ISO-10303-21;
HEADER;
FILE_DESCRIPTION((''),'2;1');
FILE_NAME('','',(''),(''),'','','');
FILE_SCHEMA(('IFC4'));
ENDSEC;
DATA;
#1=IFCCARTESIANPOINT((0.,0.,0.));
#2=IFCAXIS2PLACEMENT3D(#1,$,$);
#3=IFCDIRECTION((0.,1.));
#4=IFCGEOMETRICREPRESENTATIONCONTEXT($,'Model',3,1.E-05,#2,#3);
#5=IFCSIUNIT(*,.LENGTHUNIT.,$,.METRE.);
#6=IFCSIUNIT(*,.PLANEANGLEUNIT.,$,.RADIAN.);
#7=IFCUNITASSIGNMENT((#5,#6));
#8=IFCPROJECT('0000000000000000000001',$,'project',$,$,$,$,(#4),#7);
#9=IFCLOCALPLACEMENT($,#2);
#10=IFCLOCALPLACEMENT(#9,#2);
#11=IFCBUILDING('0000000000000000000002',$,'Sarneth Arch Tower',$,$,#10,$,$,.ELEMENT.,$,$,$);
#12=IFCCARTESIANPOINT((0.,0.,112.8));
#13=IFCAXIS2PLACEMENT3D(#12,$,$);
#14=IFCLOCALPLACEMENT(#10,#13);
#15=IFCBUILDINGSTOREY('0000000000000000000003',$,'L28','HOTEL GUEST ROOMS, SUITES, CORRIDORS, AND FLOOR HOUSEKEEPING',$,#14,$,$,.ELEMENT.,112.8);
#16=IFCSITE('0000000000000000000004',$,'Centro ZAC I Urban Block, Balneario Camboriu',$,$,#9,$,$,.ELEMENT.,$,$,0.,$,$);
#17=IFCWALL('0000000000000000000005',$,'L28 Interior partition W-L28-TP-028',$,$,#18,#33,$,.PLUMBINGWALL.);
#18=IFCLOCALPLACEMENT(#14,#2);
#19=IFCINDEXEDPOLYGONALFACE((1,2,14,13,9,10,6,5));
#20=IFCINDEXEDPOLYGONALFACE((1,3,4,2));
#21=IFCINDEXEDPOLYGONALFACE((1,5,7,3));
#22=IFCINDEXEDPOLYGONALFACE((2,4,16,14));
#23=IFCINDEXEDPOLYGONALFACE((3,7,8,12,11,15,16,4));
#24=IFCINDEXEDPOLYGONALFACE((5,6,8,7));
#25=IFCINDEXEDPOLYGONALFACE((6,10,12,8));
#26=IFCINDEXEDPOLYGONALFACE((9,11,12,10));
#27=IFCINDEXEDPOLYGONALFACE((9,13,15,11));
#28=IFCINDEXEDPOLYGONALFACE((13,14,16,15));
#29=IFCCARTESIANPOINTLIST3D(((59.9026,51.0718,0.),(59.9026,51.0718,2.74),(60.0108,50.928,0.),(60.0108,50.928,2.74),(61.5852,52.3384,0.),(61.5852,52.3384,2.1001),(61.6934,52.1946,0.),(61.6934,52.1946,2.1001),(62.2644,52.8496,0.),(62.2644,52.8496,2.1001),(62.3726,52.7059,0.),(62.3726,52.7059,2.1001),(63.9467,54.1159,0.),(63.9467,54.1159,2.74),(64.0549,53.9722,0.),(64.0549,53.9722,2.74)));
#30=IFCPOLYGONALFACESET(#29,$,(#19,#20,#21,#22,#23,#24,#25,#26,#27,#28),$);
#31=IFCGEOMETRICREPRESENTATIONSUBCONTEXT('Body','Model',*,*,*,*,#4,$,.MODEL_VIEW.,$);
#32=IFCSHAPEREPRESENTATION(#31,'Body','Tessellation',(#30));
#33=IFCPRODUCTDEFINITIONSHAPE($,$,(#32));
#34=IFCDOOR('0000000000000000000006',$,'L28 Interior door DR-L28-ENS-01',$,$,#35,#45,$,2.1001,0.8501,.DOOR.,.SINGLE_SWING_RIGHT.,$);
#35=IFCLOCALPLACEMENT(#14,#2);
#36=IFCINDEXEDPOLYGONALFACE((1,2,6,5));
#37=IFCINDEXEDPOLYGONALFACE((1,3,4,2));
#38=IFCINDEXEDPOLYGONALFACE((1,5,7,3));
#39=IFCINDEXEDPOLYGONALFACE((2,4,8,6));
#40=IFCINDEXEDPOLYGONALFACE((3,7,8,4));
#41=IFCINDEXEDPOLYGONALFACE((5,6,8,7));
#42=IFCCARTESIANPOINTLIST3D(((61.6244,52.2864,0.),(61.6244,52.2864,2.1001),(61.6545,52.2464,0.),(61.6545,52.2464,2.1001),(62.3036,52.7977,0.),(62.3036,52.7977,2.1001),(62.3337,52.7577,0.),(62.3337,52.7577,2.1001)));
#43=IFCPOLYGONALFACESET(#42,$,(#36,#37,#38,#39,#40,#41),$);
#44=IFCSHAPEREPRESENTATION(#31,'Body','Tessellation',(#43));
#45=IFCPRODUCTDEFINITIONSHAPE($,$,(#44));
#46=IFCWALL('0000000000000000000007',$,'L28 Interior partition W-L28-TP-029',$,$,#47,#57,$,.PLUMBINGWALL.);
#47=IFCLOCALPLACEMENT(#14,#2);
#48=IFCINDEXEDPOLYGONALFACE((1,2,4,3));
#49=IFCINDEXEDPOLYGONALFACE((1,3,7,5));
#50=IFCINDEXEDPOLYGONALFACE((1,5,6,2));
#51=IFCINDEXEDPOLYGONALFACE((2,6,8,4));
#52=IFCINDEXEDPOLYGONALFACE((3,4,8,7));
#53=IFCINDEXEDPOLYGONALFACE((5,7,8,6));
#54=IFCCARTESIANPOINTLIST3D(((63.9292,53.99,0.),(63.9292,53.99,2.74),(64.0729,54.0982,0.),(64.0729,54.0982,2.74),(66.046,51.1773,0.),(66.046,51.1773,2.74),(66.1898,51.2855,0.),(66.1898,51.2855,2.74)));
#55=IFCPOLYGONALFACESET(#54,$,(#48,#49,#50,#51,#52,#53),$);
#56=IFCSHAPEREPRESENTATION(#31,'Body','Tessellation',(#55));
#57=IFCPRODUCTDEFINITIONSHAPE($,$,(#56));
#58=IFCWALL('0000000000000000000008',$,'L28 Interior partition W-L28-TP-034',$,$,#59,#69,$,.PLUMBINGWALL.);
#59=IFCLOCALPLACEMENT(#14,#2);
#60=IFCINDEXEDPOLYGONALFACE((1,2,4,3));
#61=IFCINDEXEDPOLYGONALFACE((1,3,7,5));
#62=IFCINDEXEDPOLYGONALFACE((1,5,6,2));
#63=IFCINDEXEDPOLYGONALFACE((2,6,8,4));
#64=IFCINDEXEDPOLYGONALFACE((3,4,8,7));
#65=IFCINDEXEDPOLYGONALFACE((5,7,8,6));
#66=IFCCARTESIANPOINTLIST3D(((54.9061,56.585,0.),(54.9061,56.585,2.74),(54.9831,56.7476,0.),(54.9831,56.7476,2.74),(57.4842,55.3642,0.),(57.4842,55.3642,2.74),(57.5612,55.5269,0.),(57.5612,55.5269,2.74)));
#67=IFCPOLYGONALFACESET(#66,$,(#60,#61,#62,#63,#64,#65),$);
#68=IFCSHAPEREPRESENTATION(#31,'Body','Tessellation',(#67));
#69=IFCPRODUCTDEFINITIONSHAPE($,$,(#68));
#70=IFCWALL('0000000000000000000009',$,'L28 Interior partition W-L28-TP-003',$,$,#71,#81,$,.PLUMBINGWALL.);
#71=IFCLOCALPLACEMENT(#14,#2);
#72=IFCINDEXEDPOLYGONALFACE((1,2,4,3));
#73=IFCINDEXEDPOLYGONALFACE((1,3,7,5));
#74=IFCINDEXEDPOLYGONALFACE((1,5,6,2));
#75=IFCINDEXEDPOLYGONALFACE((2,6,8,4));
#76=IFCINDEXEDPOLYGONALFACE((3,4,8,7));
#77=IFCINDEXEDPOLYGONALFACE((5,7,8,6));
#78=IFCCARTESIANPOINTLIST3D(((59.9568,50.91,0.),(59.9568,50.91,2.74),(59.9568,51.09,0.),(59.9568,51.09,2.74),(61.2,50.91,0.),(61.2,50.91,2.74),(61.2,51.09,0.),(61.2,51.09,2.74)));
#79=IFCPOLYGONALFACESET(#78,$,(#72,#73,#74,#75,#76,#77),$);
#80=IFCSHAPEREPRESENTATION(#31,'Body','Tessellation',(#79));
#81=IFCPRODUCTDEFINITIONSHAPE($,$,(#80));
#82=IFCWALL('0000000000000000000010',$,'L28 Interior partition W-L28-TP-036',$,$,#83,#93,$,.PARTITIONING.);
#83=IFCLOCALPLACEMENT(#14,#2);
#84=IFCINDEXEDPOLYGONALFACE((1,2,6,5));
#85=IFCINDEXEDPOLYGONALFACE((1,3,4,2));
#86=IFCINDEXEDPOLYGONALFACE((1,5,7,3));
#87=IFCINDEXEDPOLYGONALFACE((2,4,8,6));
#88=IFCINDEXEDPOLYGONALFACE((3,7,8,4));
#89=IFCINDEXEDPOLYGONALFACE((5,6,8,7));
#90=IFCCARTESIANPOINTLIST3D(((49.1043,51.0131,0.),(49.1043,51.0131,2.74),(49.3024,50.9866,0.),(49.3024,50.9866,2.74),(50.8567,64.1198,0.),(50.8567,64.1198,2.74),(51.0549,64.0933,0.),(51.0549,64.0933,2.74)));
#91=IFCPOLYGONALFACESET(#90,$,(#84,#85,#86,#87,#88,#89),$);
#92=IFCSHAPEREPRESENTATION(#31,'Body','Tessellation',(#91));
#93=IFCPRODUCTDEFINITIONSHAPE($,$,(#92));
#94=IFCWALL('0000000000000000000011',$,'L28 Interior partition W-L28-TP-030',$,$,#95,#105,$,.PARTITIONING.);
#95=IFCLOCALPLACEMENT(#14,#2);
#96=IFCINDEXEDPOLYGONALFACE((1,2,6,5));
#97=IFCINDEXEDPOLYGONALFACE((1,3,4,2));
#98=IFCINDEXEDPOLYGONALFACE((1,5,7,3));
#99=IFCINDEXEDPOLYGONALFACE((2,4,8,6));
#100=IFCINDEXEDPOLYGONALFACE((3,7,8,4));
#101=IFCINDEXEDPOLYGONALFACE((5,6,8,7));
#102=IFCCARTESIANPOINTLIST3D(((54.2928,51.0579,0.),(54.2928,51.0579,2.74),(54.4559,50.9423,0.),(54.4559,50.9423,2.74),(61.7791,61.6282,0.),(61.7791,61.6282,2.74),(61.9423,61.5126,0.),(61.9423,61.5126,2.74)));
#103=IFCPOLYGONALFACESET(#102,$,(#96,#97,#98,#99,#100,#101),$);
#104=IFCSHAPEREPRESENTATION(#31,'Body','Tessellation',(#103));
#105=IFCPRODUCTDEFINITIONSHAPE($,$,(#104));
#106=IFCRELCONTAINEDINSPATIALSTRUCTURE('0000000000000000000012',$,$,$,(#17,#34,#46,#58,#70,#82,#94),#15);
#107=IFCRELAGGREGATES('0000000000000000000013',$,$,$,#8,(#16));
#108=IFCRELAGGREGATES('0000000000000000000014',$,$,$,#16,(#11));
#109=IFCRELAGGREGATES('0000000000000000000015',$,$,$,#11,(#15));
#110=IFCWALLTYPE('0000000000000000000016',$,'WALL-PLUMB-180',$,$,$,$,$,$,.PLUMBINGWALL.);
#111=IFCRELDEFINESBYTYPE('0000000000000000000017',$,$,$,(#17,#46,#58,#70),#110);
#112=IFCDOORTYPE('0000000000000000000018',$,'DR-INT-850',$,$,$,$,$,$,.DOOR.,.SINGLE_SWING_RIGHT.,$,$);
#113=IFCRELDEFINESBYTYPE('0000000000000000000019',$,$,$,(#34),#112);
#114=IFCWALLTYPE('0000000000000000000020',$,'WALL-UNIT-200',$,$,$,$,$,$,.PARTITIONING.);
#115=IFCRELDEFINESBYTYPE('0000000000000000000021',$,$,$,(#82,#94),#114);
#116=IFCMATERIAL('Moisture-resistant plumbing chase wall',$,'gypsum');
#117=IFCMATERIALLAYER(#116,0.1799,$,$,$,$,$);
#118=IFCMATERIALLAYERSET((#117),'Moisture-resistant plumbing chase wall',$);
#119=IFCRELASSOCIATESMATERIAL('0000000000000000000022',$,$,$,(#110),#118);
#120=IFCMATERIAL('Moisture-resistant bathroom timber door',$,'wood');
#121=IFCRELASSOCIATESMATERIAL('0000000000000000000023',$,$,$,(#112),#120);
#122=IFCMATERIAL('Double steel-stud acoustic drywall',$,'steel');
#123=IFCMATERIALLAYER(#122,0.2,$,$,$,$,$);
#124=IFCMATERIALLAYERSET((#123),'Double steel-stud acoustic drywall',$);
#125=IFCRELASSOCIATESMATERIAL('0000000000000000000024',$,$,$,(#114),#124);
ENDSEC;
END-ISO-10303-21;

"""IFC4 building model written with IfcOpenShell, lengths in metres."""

from ifc_helpers import new_model, si_unit, direction, frame, frame_2d, origin, place, context, subcontext, project, spatial, rectangle, extrude, material, layer, layer_set, type_object, element, fill, save


model = new_model("IFC4")

# Units and contexts
model_context = context("Model", 3, precision=1e-05, world=origin(), true_north=direction((0.0, 1.0)))
body_context = subcontext(model_context, "Body", "Model", "MODEL_VIEW")
ifc_project = project(units=[si_unit("LENGTHUNIT", "METRE"), si_unit("PLANEANGLEUNIT", "RADIAN")], contexts=[model_context])

# Site, building, storey
site_placement = place(None, origin())
site = spatial("IfcSite", under=ifc_project, at=site_placement, Name="Centro ZAC I Urban Block, Balneario Camboriu", CompositionType="ELEMENT", RefElevation=0.0)
building_placement = place(site_placement, origin())
building = spatial("IfcBuilding", under=site, at=building_placement, Name="Sarneth Arch Tower", CompositionType="ELEMENT")
storey_placement = place(building_placement, frame((0.0, 0.0, 112.8)))
storey = spatial("IfcBuildingStorey", under=building, at=storey_placement, Name="L28", Description="HOTEL GUEST ROOMS, SUITES, CORRIDORS, AND FLOOR HOUSEKEEPING", CompositionType="ELEMENT", Elevation=112.8)

# Shared definitions
ifc_material_1 = material(Name="Moisture-resistant plumbing chase wall", Category="gypsum")
ifc_layer_1 = layer(ifc_material_1, 0.1799)
ifc_layer_set_1 = layer_set([ifc_layer_1], Name="Moisture-resistant plumbing chase wall")
wall_type_1 = type_object("IfcWallType", Name="WALL-PLUMB-180", PredefinedType="PLUMBINGWALL", material=ifc_layer_set_1)
ifc_material_2 = material(Name="Moisture-resistant bathroom timber door", Category="wood")
door_type_1 = type_object("IfcDoorType", Name="DR-INT-850", OperationType="SINGLE_SWING_RIGHT", PredefinedType="DOOR", material=ifc_material_2)

# Wall, opening, door
wall_1_placement = place(storey_placement, frame((59.9568, 51.0, 0.0), z_axis=(0.0, 0.0, 1.0), x_axis=(0.798951, 0.601396, 0.0)))
wall_1 = element("IfcWall", 1, at=wall_1_placement, inside=storey, type_object=wall_type_1, Name="L28 Interior partition W-L28-TP-028", PredefinedType="PLUMBINGWALL", context=body_context, shape_type="SweptSolid", body=[
    extrude(rectangle(XDim=5.0618, YDim=0.1799, at=frame_2d((2.5308, 0.0))), origin(), (0.0, 0.0, 1.0), 2.74),
])
opening_1_placement = place(wall_1_placement, frame((2.106, 0.0, 0.0)))
opening_1 = element("IfcOpeningElement", 2, at=opening_1_placement, cuts=wall_1, PredefinedType="OPENING", context=body_context, shape_type="SweptSolid", body=[
    extrude(rectangle(XDim=0.8501, YDim=2.1001, at=frame_2d((0.425, 1.05))), frame((0.0, 0.0999, 0.0), z_axis=(0.0, -1.0, 0.0), x_axis=(1.0, 0.0, 0.0)), (0.0, 0.0, 1.0), 0.2),
])
door_1_placement = place(opening_1_placement, origin())
door_1 = element("IfcDoor", 3, at=door_1_placement, inside=storey, type_object=door_type_1, Name="L28 Interior door DR-L28-ENS-01", OperationType="SINGLE_SWING_RIGHT", OverallHeight=2.1001, OverallWidth=0.8501, PredefinedType="DOOR", context=body_context, shape_type="SweptSolid", body=[
    extrude(rectangle(XDim=0.8501, YDim=2.1001, at=frame_2d((0.425, 1.05))), frame((0.0, 0.0249, 0.0), z_axis=(0.0, -1.0, 0.0), x_axis=(1.0, 0.0, 0.0)), (0.0, 0.0, 1.0), 0.05),
])
fill(opening_1, door_1)

# Walls
wall_2_placement = place(storey_placement, frame((64.001, 54.0442, 0.0), z_axis=(0.0, 0.0, 1.0), x_axis=(0.601342, -0.798992, 0.0)))
element("IfcWall", 4, at=wall_2_placement, inside=storey, type_object=wall_type_1, Name="L28 Interior partition W-L28-TP-029", PredefinedType="PLUMBINGWALL", context=body_context, shape_type="SweptSolid", body=[
    extrude(rectangle(XDim=3.5203, YDim=0.1799, at=frame_2d((1.7603, 0.0))), origin(), (0.0, 0.0, 1.0), 2.74),
])
wall_3_placement = place(storey_placement, frame((57.5227, 55.4456, 0.0), z_axis=(0.0, 0.0, 1.0), x_axis=(-0.903808, 0.427939, 0.0)))
element("IfcWall", 5, at=wall_3_placement, inside=storey, type_object=wall_type_1, Name="L28 Interior partition W-L28-TP-034", PredefinedType="PLUMBINGWALL", context=body_context, shape_type="SweptSolid", body=[
    extrude(rectangle(XDim=2.8525, YDim=0.1799, at=frame_2d((1.4263, 0.0))), origin(), (0.0, 0.0, 1.0), 2.74),
])
wall_4_placement = place(storey_placement, frame((61.2, 51.0, 0.0), z_axis=(0.0, 0.0, 1.0), x_axis=(-1.0, 0.0, 0.0)))
element("IfcWall", 6, at=wall_4_placement, inside=storey, type_object=wall_type_1, Name="L28 Interior partition W-L28-TP-003", PredefinedType="PLUMBINGWALL", context=body_context, shape_type="SweptSolid", body=[
    extrude(rectangle(XDim=1.2432, YDim=0.1799, at=frame_2d((0.6216, 0.0))), origin(), (0.0, 0.0, 1.0), 2.74),
])
ifc_material_3 = material(Name="Double steel-stud acoustic drywall", Category="steel")
ifc_layer_2 = layer(ifc_material_3, 0.2)
ifc_layer_set_2 = layer_set([ifc_layer_2], Name="Double steel-stud acoustic drywall")
wall_type_2 = type_object("IfcWallType", Name="WALL-UNIT-200", PredefinedType="PARTITIONING", material=ifc_layer_set_2)
wall_5_placement = place(storey_placement, frame((50.9558, 64.1067, 0.0), z_axis=(0.0, 0.0, 1.0), x_axis=(-0.132527, -0.991179, 0.0)))
element("IfcWall", 7, at=wall_5_placement, inside=storey, type_object=wall_type_2, Name="L28 Interior partition W-L28-TP-036", PredefinedType="PARTITIONING", context=body_context, shape_type="SweptSolid", body=[
    extrude(rectangle(XDim=13.2234, YDim=0.2, at=frame_2d((6.6118, 0.0))), origin(), (0.0, 0.0, 1.0), 2.74),
])
wall_6_placement = place(storey_placement, frame((54.3743, 51.0, 0.0), z_axis=(0.0, 0.0, 1.0), x_axis=(0.577967, 0.81606, 0.0)))
element("IfcWall", 8, at=wall_6_placement, inside=storey, type_object=wall_type_2, Name="L28 Interior partition W-L28-TP-030", PredefinedType="PARTITIONING", context=body_context, shape_type="SweptSolid", body=[
    extrude(rectangle(XDim=12.9529, YDim=0.2, at=frame_2d((6.4766, 0.0))), origin(), (0.0, 0.0, 1.0), 2.74),
])

save(model, "model.ifc")
